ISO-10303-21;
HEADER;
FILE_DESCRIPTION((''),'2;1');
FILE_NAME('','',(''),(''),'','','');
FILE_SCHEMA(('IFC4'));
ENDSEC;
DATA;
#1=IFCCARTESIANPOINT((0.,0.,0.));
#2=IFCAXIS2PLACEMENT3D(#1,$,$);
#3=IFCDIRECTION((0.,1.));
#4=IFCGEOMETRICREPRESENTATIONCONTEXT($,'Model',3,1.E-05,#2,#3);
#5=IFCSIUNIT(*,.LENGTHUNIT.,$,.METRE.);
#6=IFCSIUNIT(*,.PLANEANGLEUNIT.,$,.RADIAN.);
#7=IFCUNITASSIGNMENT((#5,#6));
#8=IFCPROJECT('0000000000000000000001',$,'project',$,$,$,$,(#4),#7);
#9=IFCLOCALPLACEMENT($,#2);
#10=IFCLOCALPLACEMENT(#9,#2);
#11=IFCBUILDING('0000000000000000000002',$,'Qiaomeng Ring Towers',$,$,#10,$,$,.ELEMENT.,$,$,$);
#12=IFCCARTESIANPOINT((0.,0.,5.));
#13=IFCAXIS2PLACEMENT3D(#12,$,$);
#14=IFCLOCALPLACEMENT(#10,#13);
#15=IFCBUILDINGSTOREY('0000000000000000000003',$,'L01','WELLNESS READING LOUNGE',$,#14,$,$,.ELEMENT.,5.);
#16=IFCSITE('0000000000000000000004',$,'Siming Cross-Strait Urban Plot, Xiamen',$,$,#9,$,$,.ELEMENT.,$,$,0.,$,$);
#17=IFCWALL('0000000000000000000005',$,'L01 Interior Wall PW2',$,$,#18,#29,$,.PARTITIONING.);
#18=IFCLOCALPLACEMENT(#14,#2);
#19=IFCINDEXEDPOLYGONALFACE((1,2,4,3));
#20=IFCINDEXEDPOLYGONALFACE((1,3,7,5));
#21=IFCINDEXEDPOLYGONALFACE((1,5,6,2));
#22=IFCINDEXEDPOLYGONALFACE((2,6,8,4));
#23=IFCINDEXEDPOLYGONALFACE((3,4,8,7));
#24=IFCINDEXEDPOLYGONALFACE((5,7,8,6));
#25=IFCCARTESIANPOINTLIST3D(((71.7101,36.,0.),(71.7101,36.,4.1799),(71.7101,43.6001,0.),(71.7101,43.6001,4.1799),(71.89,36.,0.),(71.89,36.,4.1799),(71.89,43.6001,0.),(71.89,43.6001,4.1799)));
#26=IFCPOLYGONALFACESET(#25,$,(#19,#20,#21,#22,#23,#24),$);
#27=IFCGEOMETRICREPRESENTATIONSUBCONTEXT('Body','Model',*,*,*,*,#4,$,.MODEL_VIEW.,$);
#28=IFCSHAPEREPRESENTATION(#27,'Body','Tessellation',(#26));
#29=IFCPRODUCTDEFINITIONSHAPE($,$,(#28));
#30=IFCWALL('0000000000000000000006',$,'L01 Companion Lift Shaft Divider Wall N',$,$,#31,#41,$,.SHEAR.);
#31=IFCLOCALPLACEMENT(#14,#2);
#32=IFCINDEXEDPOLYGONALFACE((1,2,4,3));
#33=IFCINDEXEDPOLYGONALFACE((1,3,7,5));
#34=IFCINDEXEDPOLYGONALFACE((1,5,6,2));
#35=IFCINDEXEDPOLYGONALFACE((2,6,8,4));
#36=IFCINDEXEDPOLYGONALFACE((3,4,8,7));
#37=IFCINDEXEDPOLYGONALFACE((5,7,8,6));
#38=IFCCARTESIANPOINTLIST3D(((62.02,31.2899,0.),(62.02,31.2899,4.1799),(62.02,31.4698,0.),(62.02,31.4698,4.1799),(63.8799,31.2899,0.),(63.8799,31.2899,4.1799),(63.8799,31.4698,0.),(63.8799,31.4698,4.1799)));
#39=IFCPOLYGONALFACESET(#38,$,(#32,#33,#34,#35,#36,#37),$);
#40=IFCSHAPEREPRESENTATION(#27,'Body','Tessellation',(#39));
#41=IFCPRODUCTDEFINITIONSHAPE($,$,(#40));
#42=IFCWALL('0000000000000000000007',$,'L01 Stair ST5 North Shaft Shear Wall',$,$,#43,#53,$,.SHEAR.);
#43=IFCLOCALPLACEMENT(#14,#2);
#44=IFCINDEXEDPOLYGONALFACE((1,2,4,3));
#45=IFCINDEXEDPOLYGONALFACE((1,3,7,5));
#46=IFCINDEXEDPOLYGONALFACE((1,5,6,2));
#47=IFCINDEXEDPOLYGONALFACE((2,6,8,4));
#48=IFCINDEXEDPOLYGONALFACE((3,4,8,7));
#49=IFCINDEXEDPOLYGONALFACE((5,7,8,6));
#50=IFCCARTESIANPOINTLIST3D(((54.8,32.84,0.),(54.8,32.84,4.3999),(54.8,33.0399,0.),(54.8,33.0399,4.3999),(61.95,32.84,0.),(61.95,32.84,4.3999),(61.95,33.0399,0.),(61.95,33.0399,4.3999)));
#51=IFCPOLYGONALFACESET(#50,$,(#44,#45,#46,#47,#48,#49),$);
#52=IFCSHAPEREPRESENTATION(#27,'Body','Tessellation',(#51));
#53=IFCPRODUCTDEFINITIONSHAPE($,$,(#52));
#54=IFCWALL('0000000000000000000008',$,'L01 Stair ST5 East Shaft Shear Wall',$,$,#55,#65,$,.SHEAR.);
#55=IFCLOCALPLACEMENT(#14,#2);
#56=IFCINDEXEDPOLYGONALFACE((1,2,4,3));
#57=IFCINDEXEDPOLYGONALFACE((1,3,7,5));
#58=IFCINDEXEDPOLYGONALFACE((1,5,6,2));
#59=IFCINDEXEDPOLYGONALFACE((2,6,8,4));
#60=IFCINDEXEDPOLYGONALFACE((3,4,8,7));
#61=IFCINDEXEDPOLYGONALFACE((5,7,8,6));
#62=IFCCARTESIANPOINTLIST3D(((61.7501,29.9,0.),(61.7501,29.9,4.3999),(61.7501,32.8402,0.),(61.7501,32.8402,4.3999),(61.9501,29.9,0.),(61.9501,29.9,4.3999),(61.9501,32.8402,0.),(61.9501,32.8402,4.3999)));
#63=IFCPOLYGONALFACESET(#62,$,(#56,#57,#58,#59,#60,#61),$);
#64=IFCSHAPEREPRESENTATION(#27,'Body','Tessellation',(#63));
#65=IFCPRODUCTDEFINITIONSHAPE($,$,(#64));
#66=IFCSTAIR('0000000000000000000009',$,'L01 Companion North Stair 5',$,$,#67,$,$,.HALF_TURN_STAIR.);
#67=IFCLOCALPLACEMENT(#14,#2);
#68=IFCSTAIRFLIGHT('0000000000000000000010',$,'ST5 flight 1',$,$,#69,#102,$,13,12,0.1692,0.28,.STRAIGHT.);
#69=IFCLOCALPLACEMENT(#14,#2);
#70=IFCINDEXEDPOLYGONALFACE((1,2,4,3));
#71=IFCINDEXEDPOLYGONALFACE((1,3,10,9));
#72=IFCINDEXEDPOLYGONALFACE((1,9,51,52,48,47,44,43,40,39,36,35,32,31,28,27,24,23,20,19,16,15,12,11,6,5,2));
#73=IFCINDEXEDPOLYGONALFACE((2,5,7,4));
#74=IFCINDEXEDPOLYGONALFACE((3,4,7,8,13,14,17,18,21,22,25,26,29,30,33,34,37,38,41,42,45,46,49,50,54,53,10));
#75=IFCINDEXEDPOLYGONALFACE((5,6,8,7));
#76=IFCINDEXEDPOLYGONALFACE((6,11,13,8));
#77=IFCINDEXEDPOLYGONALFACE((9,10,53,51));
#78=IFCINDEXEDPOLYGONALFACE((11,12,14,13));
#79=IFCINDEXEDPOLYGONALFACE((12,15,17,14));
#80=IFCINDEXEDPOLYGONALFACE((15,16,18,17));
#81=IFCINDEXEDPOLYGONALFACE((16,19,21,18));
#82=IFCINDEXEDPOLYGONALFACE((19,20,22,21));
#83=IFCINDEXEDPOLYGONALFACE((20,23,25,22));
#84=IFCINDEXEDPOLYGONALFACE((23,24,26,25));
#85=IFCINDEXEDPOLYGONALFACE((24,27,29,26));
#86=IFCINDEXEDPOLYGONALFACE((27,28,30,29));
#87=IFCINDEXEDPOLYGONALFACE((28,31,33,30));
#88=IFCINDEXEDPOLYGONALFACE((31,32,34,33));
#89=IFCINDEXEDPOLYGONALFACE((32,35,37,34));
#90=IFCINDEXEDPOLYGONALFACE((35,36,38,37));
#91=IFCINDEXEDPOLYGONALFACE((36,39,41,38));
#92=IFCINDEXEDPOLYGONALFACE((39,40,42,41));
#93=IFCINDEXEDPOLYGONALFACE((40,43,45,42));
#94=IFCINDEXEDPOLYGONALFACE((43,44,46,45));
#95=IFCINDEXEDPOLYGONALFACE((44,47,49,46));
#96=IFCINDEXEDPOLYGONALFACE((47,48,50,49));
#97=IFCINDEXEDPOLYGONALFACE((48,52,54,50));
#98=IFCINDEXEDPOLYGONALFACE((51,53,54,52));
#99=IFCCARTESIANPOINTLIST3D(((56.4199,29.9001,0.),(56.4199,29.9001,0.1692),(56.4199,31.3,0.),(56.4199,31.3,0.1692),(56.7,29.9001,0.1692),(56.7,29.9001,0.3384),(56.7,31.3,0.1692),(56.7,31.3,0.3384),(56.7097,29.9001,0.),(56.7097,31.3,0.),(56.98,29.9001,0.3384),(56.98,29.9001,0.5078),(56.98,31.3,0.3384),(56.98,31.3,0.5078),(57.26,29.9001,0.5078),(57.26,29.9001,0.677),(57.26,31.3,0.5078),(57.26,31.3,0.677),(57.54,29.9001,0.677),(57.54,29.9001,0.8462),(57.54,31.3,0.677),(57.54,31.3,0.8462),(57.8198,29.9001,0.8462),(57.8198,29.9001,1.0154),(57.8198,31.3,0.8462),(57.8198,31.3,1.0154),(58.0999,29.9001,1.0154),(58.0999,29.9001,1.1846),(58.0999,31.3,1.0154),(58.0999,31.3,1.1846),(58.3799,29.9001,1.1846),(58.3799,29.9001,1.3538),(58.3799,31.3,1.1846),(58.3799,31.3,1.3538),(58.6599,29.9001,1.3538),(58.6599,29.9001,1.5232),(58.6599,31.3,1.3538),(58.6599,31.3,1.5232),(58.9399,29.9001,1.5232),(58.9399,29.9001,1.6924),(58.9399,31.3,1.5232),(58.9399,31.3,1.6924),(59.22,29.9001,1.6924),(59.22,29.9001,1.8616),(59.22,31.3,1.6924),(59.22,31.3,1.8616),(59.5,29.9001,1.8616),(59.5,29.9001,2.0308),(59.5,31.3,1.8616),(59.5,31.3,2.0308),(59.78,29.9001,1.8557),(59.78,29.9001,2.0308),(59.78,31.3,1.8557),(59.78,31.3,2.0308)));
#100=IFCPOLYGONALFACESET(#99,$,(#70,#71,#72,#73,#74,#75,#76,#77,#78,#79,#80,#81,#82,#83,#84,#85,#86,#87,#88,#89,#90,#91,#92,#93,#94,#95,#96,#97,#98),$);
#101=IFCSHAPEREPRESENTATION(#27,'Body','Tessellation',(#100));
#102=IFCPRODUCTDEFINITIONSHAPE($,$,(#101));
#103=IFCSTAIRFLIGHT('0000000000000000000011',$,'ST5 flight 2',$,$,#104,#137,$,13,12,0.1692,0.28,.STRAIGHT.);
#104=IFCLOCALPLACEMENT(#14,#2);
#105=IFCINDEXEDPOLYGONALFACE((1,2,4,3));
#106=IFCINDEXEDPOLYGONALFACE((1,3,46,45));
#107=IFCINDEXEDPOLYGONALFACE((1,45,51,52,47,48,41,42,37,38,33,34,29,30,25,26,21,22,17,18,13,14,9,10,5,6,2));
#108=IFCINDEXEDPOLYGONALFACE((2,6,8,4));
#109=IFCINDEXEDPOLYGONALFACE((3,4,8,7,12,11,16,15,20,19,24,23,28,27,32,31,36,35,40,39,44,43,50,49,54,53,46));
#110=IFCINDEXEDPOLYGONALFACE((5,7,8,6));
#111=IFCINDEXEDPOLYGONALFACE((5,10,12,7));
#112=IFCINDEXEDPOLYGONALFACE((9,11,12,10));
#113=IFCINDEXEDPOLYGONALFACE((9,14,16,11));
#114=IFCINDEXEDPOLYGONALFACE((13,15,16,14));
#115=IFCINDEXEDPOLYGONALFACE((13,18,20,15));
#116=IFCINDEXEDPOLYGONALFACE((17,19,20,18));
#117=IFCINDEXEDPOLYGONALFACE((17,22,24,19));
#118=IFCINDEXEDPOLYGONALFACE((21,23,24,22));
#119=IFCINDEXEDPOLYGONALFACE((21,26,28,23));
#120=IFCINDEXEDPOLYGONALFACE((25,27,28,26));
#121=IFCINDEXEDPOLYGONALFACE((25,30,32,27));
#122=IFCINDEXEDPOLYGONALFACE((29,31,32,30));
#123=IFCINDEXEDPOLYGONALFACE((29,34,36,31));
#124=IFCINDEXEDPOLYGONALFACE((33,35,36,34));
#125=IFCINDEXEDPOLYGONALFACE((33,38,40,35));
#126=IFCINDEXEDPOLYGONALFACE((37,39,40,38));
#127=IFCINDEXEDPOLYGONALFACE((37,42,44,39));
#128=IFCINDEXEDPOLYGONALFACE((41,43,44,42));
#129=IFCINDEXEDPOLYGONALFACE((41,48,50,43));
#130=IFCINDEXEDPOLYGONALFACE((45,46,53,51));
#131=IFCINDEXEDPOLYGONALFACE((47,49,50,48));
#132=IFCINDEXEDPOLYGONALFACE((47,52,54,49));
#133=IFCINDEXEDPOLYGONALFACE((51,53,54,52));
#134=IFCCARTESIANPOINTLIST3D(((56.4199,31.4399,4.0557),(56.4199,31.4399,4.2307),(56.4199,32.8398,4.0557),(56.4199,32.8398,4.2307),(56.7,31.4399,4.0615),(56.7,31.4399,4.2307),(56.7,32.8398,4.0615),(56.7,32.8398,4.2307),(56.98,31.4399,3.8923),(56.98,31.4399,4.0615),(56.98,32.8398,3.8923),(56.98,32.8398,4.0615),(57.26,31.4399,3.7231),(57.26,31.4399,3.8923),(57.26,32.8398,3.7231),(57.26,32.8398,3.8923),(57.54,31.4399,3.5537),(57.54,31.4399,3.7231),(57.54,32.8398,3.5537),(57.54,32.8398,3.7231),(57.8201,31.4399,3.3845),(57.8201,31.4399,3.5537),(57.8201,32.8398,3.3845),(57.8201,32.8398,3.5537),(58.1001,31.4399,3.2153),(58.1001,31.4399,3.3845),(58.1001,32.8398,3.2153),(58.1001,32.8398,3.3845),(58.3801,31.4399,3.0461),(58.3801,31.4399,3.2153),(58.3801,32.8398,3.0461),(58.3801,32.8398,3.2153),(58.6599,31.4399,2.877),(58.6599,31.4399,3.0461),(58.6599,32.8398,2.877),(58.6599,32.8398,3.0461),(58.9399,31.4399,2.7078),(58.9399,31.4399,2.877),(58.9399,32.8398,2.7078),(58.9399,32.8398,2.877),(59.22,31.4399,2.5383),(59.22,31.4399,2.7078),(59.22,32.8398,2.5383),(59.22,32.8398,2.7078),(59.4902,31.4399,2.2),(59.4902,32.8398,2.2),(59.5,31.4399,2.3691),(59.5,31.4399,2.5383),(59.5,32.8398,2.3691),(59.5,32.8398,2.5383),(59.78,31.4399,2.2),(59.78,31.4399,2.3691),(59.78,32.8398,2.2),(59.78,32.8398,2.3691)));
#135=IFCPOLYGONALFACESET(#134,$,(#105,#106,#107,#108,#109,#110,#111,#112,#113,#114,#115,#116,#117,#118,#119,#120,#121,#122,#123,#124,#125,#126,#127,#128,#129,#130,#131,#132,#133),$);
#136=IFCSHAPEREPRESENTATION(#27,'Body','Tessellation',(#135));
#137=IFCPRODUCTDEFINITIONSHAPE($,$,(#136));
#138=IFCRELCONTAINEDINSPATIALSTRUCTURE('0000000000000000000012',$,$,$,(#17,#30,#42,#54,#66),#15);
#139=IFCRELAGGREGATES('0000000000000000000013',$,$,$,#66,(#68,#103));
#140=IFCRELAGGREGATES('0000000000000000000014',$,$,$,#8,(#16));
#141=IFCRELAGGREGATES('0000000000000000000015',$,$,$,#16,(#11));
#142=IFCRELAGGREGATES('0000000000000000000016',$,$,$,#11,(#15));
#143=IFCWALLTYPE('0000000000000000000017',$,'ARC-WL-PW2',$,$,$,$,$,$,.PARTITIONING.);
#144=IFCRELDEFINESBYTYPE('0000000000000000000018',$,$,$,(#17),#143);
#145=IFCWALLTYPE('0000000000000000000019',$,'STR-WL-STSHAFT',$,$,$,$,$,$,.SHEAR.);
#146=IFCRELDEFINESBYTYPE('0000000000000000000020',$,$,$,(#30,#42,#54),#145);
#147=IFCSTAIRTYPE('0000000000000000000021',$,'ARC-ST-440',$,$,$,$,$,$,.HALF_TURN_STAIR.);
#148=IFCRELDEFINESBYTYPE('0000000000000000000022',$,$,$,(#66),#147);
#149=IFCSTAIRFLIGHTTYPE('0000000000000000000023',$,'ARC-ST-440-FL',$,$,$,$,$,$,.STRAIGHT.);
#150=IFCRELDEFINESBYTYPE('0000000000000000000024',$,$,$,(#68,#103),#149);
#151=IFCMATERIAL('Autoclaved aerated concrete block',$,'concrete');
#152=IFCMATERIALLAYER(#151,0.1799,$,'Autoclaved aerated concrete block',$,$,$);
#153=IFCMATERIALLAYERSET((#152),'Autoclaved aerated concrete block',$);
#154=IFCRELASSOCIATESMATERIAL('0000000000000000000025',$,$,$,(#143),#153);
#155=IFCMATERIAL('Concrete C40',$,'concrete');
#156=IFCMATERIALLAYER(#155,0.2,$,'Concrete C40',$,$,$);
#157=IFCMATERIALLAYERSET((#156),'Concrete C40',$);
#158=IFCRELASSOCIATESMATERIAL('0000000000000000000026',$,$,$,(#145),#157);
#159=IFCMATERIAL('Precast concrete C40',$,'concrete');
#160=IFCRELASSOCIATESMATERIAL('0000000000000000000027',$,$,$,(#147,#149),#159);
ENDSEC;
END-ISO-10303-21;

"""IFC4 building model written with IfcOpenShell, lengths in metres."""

from ifc_helpers import new_model, si_unit, direction, frame, frame_2d, origin, place, context, subcontext, project, spatial, polyline, rectangle, outline, extrude, source, transform, mapped, material, layer, layer_set, type_object, element, aggregate, save


model = new_model("IFC4")

# Units and contexts
model_context = context("Model", 3, precision=1e-05, world=origin(), true_north=direction((0.0, 1.0)))
body_context = subcontext(model_context, "Body", "Model", "MODEL_VIEW")
ifc_project = project(units=[si_unit("LENGTHUNIT", "METRE"), si_unit("PLANEANGLEUNIT", "RADIAN")], contexts=[model_context])

# Site, building, storey
site_placement = place(None, origin())
site = spatial("IfcSite", under=ifc_project, at=site_placement, Name="Siming Cross-Strait Urban Plot, Xiamen", CompositionType="ELEMENT", RefElevation=0.0)
building_placement = place(site_placement, origin())
building = spatial("IfcBuilding", under=site, at=building_placement, Name="Qiaomeng Ring Towers", CompositionType="ELEMENT")
storey_placement = place(building_placement, frame((0.0, 0.0, 5.0)))
storey = spatial("IfcBuildingStorey", under=building, at=storey_placement, Name="L01", Description="WELLNESS READING LOUNGE", CompositionType="ELEMENT", Elevation=5.0)

# Shared definitions
ifc_material_1 = material(Name="Autoclaved aerated concrete block", Category="concrete")

# Walls
ifc_layer_1 = layer(ifc_material_1, 0.1799, Name="Autoclaved aerated concrete block")
ifc_layer_set_1 = layer_set([ifc_layer_1], Name="Autoclaved aerated concrete block")
wall_type_1 = type_object("IfcWallType", Name="ARC-WL-PW2", PredefinedType="PARTITIONING", material=ifc_layer_set_1)
wall_1_placement = place(storey_placement, frame((71.8, 36.0, 0.0), z_axis=(0.0, 0.0, 1.0), x_axis=(0.0, 1.0, 0.0)))
element("IfcWall", 1, at=wall_1_placement, inside=storey, type_object=wall_type_1, Name="L01 Interior Wall PW2", PredefinedType="PARTITIONING", context=body_context, shape_type="SweptSolid", body=[
    extrude(rectangle(XDim=7.6001, YDim=0.1799, at=frame_2d((3.8, 0.0))), origin(), (0.0, 0.0, 1.0), 4.1799),
])
ifc_material_2 = material(Name="Concrete C40", Category="concrete")
ifc_layer_2 = layer(ifc_material_2, 0.2, Name="Concrete C40")
ifc_layer_set_2 = layer_set([ifc_layer_2], Name="Concrete C40")
wall_type_2 = type_object("IfcWallType", Name="STR-WL-STSHAFT", PredefinedType="SHEAR", material=ifc_layer_set_2)
wall_2_placement = place(storey_placement, frame((62.02, 31.3799, 0.0), z_axis=(0.0, 0.0, 1.0), x_axis=(1.0, 0.0, 0.0)))
element("IfcWall", 2, at=wall_2_placement, inside=storey, type_object=wall_type_2, Name="L01 Companion Lift Shaft Divider Wall N", PredefinedType="SHEAR", context=body_context, shape_type="SweptSolid", body=[
    extrude(rectangle(XDim=1.8599, YDim=0.1799, at=frame_2d((0.9299, 0.0))), origin(), (0.0, 0.0, 1.0), 4.1799),
])
wall_3_placement = place(storey_placement, frame((54.8, 32.9399, 0.0), z_axis=(0.0, 0.0, 1.0), x_axis=(1.0, 0.0, 0.0)))
element("IfcWall", 3, at=wall_3_placement, inside=storey, type_object=wall_type_2, Name="L01 Stair ST5 North Shaft Shear Wall", PredefinedType="SHEAR", context=body_context, shape_type="SweptSolid", body=[
    extrude(rectangle(XDim=7.1499, YDim=0.2, at=frame_2d((3.575, 0.0))), origin(), (0.0, 0.0, 1.0), 4.3999),
])
wall_4_placement = place(storey_placement, frame((61.8501, 29.8999, 0.0), z_axis=(0.0, 0.0, 1.0), x_axis=(0.0, 1.0, 0.0)))
element("IfcWall", 4, at=wall_4_placement, inside=storey, type_object=wall_type_2, Name="L01 Stair ST5 East Shaft Shear Wall", PredefinedType="SHEAR", context=body_context, shape_type="SweptSolid", body=[
    extrude(rectangle(XDim=2.9402, YDim=0.2, at=frame_2d((1.4702, 0.0))), origin(), (0.0, 0.0, 1.0), 4.3999),
])

# Stair, stair flights
ifc_material_3 = material(Name="Precast concrete C40", Category="concrete")
stair_type = type_object("IfcStairType", Name="ARC-ST-440", PredefinedType="HALF_TURN_STAIR", material=ifc_material_3)
stair_placement = place(storey_placement, origin())
stair = element("IfcStair", 5, at=stair_placement, inside=storey, type_object=stair_type, Name="L01 Companion North Stair 5", PredefinedType="HALF_TURN_STAIR")
stair_flight_type = type_object("IfcStairFlightType", Name="ARC-ST-440-FL", PredefinedType="STRAIGHT", material=ifc_material_3)
shared_shape_1 = source(origin(), body_context, "Body", "SweptSolid", [
    extrude(outline(polyline([(0.0, 0.0), (0.0, 0.1692), (0.28, 0.1692), (0.28, 0.3384), (0.5601, 0.3384), (0.5601, 0.5078), (0.8401, 0.5078), (0.8401, 0.677), (1.1201, 0.677), (1.1201, 0.8462), (1.3999, 0.8462), (1.3999, 1.0154), (1.6799, 1.0154), (1.6799, 1.1846), (1.96, 1.1846), (1.96, 1.3538), (2.24, 1.3538), (2.24, 1.5232), (2.52, 1.5232), (2.52, 1.6924), (2.8, 1.6924), (2.8, 1.8616), (3.0801, 1.8616), (3.0801, 2.0308), (3.3601, 2.0308), (3.3601, 2.2), (3.3601, 1.8557), (0.2898, 0.0), (0.0, 0.0)])), frame((0.0, 0.7, 0.0), z_axis=(0.0, -1.0, 0.0), x_axis=(1.0, 0.0, 0.0)), (0.0, 0.0, 1.0), 1.3999),
])
stair_flight_1_placement = place(storey_placement, frame((56.4199, 30.6001, 0.0), z_axis=(0.0, 0.0, 1.0), x_axis=(1.0, 0.0, 0.0)))
stair_flight_1 = element("IfcStairFlight", 6, at=stair_flight_1_placement, type_object=stair_flight_type, Name="ST5 flight 1", NumberOfRisers=13, NumberOfTreads=12, PredefinedType="STRAIGHT", RiserHeight=0.1692, TreadLength=0.28, context=body_context, shape_type="MappedRepresentation", body=[
    mapped(shared_shape_1, transform((0.0, 0.0, 0.0), x_axis=(1.0, 0.0, 0.0), y_axis=(0.0, 1.0, 0.0), z_axis=(0.0, 0.0, 1.0), scale=1.0)),
])
stair_flight_2_placement = place(storey_placement, frame((59.78, 32.1399, 2.2), z_axis=(0.0, 0.0, 1.0), x_axis=(-1.0, 0.0, 0.0)))
stair_flight_2 = element("IfcStairFlight", 7, at=stair_flight_2_placement, type_object=stair_flight_type, Name="ST5 flight 2", NumberOfRisers=13, NumberOfTreads=12, PredefinedType="STRAIGHT", RiserHeight=0.1692, TreadLength=0.28, context=body_context, shape_type="MappedRepresentation", body=[
    mapped(shared_shape_1, transform((0.0, 0.0, 0.0), x_axis=(1.0, 0.0, 0.0), y_axis=(0.0, 1.0, 0.0), z_axis=(0.0, 0.0, 1.0), scale=1.0)),
])
aggregate(stair, [stair_flight_1, stair_flight_2])

save(model, "model.ifc")
